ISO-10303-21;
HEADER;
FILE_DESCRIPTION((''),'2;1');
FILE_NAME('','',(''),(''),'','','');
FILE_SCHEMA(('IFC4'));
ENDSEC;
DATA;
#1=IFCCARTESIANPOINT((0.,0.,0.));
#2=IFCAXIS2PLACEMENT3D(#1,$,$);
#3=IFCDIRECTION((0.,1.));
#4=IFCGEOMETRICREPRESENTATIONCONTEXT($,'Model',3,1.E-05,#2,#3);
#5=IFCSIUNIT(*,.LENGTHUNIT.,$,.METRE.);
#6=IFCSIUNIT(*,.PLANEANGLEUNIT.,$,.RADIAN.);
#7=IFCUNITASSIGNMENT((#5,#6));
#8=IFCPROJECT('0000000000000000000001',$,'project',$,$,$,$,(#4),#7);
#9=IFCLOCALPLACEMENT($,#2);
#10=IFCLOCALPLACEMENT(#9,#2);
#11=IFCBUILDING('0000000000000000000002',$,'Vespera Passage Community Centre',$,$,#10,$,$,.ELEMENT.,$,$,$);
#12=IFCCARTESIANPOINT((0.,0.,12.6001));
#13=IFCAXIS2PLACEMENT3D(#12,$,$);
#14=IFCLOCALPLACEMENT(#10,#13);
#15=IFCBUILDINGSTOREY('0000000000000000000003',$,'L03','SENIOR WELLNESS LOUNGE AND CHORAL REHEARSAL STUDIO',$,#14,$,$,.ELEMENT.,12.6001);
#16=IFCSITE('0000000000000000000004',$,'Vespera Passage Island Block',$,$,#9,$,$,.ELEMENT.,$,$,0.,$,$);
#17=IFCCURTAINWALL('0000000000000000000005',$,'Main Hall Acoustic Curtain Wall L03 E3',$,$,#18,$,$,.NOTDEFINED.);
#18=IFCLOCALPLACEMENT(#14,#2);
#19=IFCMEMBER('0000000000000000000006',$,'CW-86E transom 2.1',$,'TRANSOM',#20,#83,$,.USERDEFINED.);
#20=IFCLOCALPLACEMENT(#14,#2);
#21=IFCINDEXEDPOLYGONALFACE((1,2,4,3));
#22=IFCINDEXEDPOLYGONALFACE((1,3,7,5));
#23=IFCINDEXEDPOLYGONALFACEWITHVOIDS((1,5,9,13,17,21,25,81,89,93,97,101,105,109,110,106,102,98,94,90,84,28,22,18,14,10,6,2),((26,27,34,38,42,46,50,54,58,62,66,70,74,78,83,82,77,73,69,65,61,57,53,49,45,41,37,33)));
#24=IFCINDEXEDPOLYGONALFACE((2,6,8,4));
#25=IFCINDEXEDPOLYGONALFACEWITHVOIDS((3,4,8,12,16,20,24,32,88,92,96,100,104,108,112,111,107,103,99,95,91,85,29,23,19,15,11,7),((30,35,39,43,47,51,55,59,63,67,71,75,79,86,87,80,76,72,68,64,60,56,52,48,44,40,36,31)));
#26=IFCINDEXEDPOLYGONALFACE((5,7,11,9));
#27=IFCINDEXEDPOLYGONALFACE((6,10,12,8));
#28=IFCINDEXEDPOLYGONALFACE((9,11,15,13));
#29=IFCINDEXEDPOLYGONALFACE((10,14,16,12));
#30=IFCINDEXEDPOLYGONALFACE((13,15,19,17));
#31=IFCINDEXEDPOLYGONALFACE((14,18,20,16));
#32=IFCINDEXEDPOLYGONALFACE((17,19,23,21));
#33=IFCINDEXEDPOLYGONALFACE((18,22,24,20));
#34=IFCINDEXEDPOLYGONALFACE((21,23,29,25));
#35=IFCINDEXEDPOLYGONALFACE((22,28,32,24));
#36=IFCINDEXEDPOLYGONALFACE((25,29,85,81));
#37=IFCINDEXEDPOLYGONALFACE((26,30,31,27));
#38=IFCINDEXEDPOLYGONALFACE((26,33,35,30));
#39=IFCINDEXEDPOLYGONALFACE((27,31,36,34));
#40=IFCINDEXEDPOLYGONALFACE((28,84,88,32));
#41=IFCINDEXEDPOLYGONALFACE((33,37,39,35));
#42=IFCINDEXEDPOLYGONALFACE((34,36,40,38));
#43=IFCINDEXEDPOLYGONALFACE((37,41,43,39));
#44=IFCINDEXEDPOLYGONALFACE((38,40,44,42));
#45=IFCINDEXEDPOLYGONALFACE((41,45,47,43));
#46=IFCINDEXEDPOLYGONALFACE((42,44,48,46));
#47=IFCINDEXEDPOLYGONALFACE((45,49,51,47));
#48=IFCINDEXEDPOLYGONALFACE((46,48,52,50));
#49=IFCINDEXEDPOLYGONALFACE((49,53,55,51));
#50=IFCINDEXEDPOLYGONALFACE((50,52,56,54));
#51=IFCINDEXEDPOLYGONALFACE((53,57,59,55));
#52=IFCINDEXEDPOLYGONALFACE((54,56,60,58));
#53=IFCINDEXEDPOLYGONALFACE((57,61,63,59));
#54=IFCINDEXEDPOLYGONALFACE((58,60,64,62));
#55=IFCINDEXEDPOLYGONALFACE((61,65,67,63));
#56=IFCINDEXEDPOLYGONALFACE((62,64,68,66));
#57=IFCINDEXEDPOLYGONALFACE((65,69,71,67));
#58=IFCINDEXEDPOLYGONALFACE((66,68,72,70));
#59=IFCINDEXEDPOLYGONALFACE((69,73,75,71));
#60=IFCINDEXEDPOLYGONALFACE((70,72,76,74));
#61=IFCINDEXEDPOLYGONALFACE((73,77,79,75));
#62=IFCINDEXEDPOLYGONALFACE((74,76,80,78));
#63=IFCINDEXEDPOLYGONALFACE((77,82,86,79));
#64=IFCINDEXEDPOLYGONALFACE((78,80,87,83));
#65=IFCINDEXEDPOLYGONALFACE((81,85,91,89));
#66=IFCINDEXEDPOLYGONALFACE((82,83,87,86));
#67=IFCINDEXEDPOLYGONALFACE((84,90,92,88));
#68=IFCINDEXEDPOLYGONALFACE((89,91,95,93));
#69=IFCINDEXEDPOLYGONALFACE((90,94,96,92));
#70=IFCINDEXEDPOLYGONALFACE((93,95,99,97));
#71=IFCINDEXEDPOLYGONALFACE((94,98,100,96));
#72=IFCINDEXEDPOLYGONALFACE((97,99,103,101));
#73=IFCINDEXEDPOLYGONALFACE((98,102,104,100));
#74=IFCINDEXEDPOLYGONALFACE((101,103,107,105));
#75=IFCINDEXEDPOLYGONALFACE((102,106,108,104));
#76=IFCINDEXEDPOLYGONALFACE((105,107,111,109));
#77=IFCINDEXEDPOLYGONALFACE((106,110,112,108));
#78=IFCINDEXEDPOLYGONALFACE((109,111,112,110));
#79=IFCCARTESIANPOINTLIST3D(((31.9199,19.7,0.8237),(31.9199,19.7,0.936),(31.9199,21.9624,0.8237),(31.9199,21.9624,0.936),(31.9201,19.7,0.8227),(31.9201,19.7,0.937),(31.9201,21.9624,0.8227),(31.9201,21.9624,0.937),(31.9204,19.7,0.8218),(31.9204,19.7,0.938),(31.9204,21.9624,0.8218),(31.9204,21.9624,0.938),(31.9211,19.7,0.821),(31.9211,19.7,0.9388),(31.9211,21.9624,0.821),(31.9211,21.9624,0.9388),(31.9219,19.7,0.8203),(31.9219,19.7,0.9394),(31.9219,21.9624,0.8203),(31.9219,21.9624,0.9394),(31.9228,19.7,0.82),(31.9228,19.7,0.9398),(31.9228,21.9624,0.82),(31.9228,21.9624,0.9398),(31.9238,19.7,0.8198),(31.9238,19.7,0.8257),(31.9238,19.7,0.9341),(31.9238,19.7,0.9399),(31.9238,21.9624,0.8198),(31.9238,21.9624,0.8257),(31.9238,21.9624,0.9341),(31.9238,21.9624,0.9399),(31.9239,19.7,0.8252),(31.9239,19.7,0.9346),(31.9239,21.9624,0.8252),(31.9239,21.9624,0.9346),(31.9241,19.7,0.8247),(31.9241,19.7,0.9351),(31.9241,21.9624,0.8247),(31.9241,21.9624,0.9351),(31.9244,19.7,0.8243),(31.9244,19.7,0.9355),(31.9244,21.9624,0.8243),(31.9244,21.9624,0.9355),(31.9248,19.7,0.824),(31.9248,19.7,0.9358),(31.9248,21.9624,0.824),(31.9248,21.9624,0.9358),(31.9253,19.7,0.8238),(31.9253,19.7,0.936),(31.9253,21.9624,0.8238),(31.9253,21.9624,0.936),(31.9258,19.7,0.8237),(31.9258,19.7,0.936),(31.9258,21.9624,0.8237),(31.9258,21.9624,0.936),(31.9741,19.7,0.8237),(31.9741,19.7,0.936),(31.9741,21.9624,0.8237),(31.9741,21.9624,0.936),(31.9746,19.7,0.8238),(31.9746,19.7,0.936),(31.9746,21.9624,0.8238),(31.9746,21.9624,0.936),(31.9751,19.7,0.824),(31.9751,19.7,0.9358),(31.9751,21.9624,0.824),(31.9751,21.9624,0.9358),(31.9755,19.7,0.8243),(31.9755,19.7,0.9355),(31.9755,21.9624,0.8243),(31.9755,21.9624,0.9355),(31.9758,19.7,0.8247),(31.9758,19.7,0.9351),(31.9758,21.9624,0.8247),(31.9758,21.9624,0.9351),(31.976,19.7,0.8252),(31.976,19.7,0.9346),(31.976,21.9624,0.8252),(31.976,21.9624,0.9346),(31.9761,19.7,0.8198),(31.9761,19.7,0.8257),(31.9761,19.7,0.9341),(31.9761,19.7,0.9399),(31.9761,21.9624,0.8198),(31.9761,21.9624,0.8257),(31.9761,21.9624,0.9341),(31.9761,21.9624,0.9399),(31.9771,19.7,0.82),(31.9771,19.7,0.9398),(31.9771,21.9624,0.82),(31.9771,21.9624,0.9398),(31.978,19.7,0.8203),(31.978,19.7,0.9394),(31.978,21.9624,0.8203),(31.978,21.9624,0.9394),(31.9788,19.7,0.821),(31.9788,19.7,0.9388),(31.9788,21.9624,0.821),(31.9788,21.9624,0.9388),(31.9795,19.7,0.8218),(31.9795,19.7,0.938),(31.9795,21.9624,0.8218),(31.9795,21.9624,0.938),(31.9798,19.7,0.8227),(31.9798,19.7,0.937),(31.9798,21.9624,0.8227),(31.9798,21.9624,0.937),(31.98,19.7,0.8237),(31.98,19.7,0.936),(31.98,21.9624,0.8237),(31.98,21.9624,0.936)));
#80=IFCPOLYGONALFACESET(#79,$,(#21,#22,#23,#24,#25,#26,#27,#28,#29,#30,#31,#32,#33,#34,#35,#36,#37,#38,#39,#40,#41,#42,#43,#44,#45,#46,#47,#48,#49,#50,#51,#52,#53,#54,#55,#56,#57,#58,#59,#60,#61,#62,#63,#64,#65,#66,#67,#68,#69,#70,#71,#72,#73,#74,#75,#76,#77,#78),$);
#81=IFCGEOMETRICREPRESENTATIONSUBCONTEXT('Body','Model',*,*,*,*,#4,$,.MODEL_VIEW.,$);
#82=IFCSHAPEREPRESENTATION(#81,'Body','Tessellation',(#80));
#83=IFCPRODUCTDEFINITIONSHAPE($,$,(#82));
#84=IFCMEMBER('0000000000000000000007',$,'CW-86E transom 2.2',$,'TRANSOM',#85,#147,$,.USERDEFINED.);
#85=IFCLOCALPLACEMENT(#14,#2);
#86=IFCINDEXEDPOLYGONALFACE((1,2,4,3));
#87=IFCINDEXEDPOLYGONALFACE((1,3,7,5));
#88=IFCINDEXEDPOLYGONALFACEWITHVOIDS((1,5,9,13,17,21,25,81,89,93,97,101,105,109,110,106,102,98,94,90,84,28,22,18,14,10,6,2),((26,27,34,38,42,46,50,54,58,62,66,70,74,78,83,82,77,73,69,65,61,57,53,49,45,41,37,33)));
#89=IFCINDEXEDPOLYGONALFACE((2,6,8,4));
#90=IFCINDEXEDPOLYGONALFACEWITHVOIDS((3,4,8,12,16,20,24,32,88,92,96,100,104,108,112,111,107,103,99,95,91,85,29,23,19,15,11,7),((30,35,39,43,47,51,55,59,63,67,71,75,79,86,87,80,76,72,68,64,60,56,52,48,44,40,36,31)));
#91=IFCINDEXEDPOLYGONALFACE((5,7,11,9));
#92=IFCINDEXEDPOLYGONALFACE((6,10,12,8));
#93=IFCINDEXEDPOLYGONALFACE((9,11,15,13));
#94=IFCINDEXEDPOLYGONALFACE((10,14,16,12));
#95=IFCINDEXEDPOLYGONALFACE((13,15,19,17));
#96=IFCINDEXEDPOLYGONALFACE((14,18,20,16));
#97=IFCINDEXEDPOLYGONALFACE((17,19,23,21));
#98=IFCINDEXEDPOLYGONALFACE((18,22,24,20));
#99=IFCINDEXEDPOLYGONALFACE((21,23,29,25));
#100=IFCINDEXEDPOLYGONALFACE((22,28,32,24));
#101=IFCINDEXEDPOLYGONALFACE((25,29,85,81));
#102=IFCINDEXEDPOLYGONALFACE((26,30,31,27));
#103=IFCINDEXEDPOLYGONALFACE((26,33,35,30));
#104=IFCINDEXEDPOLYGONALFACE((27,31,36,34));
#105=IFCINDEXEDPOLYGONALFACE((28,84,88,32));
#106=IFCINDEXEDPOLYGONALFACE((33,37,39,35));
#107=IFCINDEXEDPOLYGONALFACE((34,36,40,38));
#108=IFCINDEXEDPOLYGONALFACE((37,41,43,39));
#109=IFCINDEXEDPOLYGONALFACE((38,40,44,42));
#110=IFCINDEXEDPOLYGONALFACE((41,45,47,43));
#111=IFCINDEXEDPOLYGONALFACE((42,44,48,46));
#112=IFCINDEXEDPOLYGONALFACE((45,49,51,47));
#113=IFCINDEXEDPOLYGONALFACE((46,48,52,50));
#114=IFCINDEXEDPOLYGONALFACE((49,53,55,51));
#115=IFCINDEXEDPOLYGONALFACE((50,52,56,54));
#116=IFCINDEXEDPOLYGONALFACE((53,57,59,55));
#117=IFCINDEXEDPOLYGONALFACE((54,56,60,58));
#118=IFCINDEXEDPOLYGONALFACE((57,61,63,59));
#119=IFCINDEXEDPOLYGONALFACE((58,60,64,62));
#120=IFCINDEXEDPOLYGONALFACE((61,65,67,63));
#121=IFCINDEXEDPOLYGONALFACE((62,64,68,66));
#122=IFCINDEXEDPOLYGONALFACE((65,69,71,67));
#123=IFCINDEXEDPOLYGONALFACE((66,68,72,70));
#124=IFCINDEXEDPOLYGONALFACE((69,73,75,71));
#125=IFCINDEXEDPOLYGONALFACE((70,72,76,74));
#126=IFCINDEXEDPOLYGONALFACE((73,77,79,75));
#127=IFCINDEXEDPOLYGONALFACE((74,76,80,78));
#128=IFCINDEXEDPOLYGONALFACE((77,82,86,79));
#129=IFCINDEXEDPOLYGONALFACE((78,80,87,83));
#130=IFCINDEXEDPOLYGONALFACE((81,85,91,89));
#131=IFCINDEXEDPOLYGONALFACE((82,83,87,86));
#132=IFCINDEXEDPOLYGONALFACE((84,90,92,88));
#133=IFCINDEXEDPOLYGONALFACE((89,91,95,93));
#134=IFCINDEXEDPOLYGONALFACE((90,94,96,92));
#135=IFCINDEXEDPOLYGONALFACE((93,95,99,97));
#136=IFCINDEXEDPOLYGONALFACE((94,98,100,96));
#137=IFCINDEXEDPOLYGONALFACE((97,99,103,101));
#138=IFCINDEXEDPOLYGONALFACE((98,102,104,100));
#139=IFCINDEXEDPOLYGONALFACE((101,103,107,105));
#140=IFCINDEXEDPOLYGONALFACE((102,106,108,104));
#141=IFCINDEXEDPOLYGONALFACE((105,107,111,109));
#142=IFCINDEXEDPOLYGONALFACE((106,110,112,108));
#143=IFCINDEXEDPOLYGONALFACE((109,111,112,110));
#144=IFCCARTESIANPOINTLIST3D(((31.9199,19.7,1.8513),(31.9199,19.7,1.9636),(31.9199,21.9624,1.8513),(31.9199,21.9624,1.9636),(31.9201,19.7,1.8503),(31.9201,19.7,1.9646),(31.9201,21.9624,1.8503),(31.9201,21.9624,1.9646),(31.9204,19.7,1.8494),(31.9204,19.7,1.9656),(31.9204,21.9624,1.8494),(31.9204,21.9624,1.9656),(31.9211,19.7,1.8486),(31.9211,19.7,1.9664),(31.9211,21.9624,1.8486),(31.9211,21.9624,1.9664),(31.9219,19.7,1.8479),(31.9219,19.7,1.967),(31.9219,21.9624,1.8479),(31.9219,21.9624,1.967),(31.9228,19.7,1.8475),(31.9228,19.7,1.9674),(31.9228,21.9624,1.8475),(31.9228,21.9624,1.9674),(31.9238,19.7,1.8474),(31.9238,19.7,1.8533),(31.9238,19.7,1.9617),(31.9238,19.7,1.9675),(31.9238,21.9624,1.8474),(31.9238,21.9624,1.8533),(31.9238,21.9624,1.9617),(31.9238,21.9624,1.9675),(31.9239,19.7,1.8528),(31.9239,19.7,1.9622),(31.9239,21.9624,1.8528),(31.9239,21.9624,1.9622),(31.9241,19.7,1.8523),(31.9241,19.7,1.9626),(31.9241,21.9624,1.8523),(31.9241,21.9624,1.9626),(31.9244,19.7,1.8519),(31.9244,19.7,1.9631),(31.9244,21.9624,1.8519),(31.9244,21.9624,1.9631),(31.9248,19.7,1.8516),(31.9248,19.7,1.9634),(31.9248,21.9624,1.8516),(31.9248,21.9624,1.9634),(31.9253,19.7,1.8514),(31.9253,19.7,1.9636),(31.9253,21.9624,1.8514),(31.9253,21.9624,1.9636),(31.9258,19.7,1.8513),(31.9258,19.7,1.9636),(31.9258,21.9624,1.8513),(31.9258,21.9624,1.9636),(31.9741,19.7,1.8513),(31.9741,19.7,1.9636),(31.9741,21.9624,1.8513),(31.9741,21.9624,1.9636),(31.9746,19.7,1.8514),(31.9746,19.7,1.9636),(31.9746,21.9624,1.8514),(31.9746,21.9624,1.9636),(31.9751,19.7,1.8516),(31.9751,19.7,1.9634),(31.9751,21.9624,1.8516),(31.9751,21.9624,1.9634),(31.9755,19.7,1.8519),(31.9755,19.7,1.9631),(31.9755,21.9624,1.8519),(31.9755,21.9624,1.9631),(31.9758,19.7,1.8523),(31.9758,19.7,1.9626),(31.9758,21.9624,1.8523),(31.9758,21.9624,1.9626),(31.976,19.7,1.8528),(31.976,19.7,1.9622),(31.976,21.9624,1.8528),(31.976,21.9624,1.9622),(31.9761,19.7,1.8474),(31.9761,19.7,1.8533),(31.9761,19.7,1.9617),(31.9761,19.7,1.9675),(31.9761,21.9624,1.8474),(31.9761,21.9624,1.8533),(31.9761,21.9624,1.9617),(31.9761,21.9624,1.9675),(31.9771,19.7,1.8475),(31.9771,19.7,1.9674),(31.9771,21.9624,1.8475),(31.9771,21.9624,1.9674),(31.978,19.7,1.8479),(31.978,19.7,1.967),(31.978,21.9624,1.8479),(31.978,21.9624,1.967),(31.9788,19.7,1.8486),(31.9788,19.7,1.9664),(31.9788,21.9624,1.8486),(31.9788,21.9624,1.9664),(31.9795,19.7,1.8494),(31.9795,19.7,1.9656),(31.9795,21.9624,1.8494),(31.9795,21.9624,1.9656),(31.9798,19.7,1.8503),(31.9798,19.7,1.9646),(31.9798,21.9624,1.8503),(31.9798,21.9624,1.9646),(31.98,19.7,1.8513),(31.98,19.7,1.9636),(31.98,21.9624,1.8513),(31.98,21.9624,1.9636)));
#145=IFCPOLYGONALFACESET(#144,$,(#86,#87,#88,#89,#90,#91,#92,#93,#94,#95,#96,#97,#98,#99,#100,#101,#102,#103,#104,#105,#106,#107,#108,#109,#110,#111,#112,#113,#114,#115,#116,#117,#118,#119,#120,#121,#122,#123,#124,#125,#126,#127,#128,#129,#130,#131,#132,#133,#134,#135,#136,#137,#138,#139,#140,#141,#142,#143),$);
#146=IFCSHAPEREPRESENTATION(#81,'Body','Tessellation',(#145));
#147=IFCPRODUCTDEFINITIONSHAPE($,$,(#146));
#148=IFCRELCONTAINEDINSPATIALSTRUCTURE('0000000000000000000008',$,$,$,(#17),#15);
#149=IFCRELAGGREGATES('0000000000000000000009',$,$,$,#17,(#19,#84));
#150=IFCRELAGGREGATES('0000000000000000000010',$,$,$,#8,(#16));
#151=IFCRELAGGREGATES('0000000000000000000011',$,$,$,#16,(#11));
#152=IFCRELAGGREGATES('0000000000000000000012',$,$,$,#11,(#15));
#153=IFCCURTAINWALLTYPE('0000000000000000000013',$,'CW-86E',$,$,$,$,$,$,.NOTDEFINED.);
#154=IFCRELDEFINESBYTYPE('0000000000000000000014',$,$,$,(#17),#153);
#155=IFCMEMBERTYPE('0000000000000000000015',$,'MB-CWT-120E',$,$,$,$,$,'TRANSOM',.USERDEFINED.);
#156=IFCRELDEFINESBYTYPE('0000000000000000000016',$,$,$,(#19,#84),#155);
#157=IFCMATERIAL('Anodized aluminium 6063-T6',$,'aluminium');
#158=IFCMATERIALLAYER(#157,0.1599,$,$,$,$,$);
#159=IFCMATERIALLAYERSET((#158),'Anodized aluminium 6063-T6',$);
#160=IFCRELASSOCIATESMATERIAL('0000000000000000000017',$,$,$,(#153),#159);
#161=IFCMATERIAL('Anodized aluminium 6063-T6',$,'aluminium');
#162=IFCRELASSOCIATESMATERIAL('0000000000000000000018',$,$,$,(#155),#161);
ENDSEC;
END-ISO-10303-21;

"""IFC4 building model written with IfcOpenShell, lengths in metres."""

from ifc_helpers import new_model, si_unit, direction, frame, origin, origin_2d, place, context, subcontext, project, spatial, hollow_rectangle, extrude, material, layer, layer_set, material_profile, profile_set, type_object, element, aggregate, save


model = new_model("IFC4")

# Units and contexts
model_context = context("Model", 3, precision=1e-05, world=origin(), true_north=direction((0.0, 1.0)))
body_context = subcontext(model_context, "Body", "Model", "MODEL_VIEW")
ifc_project = project(units=[si_unit("LENGTHUNIT", "METRE"), si_unit("PLANEANGLEUNIT", "RADIAN")], contexts=[model_context])

# Site, building, storey
site_placement = place(None, origin())
site = spatial("IfcSite", under=ifc_project, at=site_placement, Name="Vespera Passage Island Block", CompositionType="ELEMENT", RefElevation=0.0)
building_placement = place(site_placement, origin())
building = spatial("IfcBuilding", under=site, at=building_placement, Name="Vespera Passage Community Centre", CompositionType="ELEMENT")
storey_placement = place(building_placement, frame((0.0, 0.0, 12.6001)))
storey = spatial("IfcBuildingStorey", under=building, at=storey_placement, Name="L03", Description="SENIOR WELLNESS LOUNGE AND CHORAL REHEARSAL STUDIO", CompositionType="ELEMENT", Elevation=12.6001)

# Curtain wall
ifc_material_1 = material(Name="Anodized aluminium 6063-T6", Category="aluminium")
ifc_layer_1 = layer(ifc_material_1, 0.1599)
ifc_layer_set_1 = layer_set([ifc_layer_1], Name="Anodized aluminium 6063-T6")
curtain_wall_type = type_object("IfcCurtainWallType", Name="CW-86E", PredefinedType="NOTDEFINED", material=ifc_layer_set_1)
curtain_wall_1_placement = place(storey_placement, origin())
curtain_wall_1 = element("IfcCurtainWall", 1, at=curtain_wall_1_placement, inside=storey, type_object=curtain_wall_type, Name="Main Hall Acoustic Curtain Wall L03 E3", PredefinedType="NOTDEFINED")

# Members
ifc_material_2 = material(Name="Anodized aluminium 6063-T6", Category="aluminium")
ifc_material_profile_1 = material_profile(ifc_material_2, hollow_rectangle(XDim=0.0601, YDim=0.1201, WallThickness=0.0039, InnerFilletRadius=0.002, OuterFilletRadius=0.0039, at=origin_2d()), Name="ALU120X60X4")
ifc_profile_set_1 = profile_set([ifc_material_profile_1], Name="Anodized aluminium 6063-T6")
member_type_1 = type_object("IfcMemberType", Name="MB-CWT-120E", ElementType="TRANSOM", PredefinedType="USERDEFINED", material=ifc_profile_set_1)
member_1_placement = place(storey_placement, frame((31.95, 21.9624, 0.8799), z_axis=(0.0, -1.0, 0.0), x_axis=(1.0, 0.0, 0.0)))
member_1 = element("IfcMember", 2, at=member_1_placement, type_object=member_type_1, Name="CW-86E transom 2.1", ObjectType="TRANSOM", PredefinedType="USERDEFINED", context=body_context, shape_type="SweptSolid", body=[
    extrude(hollow_rectangle(XDim=0.0601, YDim=0.1201, WallThickness=0.0039, InnerFilletRadius=0.002, OuterFilletRadius=0.0039, at=origin_2d()), origin(), (0.0, 0.0, 1.0), 2.2625),
])
member_2_placement = place(storey_placement, frame((31.95, 21.9624, 1.9075), z_axis=(0.0, -1.0, 0.0), x_axis=(1.0, 0.0, 0.0)))
member_2 = element("IfcMember", 3, at=member_2_placement, type_object=member_type_1, Name="CW-86E transom 2.2", ObjectType="TRANSOM", PredefinedType="USERDEFINED", context=body_context, shape_type="SweptSolid", body=[
    extrude(hollow_rectangle(XDim=0.0601, YDim=0.1201, WallThickness=0.0039, InnerFilletRadius=0.002, OuterFilletRadius=0.0039, at=origin_2d()), origin(), (0.0, 0.0, 1.0), 2.2625),
])

aggregate(curtain_wall_1, [member_1, member_2])

save(model, "model.ifc")
